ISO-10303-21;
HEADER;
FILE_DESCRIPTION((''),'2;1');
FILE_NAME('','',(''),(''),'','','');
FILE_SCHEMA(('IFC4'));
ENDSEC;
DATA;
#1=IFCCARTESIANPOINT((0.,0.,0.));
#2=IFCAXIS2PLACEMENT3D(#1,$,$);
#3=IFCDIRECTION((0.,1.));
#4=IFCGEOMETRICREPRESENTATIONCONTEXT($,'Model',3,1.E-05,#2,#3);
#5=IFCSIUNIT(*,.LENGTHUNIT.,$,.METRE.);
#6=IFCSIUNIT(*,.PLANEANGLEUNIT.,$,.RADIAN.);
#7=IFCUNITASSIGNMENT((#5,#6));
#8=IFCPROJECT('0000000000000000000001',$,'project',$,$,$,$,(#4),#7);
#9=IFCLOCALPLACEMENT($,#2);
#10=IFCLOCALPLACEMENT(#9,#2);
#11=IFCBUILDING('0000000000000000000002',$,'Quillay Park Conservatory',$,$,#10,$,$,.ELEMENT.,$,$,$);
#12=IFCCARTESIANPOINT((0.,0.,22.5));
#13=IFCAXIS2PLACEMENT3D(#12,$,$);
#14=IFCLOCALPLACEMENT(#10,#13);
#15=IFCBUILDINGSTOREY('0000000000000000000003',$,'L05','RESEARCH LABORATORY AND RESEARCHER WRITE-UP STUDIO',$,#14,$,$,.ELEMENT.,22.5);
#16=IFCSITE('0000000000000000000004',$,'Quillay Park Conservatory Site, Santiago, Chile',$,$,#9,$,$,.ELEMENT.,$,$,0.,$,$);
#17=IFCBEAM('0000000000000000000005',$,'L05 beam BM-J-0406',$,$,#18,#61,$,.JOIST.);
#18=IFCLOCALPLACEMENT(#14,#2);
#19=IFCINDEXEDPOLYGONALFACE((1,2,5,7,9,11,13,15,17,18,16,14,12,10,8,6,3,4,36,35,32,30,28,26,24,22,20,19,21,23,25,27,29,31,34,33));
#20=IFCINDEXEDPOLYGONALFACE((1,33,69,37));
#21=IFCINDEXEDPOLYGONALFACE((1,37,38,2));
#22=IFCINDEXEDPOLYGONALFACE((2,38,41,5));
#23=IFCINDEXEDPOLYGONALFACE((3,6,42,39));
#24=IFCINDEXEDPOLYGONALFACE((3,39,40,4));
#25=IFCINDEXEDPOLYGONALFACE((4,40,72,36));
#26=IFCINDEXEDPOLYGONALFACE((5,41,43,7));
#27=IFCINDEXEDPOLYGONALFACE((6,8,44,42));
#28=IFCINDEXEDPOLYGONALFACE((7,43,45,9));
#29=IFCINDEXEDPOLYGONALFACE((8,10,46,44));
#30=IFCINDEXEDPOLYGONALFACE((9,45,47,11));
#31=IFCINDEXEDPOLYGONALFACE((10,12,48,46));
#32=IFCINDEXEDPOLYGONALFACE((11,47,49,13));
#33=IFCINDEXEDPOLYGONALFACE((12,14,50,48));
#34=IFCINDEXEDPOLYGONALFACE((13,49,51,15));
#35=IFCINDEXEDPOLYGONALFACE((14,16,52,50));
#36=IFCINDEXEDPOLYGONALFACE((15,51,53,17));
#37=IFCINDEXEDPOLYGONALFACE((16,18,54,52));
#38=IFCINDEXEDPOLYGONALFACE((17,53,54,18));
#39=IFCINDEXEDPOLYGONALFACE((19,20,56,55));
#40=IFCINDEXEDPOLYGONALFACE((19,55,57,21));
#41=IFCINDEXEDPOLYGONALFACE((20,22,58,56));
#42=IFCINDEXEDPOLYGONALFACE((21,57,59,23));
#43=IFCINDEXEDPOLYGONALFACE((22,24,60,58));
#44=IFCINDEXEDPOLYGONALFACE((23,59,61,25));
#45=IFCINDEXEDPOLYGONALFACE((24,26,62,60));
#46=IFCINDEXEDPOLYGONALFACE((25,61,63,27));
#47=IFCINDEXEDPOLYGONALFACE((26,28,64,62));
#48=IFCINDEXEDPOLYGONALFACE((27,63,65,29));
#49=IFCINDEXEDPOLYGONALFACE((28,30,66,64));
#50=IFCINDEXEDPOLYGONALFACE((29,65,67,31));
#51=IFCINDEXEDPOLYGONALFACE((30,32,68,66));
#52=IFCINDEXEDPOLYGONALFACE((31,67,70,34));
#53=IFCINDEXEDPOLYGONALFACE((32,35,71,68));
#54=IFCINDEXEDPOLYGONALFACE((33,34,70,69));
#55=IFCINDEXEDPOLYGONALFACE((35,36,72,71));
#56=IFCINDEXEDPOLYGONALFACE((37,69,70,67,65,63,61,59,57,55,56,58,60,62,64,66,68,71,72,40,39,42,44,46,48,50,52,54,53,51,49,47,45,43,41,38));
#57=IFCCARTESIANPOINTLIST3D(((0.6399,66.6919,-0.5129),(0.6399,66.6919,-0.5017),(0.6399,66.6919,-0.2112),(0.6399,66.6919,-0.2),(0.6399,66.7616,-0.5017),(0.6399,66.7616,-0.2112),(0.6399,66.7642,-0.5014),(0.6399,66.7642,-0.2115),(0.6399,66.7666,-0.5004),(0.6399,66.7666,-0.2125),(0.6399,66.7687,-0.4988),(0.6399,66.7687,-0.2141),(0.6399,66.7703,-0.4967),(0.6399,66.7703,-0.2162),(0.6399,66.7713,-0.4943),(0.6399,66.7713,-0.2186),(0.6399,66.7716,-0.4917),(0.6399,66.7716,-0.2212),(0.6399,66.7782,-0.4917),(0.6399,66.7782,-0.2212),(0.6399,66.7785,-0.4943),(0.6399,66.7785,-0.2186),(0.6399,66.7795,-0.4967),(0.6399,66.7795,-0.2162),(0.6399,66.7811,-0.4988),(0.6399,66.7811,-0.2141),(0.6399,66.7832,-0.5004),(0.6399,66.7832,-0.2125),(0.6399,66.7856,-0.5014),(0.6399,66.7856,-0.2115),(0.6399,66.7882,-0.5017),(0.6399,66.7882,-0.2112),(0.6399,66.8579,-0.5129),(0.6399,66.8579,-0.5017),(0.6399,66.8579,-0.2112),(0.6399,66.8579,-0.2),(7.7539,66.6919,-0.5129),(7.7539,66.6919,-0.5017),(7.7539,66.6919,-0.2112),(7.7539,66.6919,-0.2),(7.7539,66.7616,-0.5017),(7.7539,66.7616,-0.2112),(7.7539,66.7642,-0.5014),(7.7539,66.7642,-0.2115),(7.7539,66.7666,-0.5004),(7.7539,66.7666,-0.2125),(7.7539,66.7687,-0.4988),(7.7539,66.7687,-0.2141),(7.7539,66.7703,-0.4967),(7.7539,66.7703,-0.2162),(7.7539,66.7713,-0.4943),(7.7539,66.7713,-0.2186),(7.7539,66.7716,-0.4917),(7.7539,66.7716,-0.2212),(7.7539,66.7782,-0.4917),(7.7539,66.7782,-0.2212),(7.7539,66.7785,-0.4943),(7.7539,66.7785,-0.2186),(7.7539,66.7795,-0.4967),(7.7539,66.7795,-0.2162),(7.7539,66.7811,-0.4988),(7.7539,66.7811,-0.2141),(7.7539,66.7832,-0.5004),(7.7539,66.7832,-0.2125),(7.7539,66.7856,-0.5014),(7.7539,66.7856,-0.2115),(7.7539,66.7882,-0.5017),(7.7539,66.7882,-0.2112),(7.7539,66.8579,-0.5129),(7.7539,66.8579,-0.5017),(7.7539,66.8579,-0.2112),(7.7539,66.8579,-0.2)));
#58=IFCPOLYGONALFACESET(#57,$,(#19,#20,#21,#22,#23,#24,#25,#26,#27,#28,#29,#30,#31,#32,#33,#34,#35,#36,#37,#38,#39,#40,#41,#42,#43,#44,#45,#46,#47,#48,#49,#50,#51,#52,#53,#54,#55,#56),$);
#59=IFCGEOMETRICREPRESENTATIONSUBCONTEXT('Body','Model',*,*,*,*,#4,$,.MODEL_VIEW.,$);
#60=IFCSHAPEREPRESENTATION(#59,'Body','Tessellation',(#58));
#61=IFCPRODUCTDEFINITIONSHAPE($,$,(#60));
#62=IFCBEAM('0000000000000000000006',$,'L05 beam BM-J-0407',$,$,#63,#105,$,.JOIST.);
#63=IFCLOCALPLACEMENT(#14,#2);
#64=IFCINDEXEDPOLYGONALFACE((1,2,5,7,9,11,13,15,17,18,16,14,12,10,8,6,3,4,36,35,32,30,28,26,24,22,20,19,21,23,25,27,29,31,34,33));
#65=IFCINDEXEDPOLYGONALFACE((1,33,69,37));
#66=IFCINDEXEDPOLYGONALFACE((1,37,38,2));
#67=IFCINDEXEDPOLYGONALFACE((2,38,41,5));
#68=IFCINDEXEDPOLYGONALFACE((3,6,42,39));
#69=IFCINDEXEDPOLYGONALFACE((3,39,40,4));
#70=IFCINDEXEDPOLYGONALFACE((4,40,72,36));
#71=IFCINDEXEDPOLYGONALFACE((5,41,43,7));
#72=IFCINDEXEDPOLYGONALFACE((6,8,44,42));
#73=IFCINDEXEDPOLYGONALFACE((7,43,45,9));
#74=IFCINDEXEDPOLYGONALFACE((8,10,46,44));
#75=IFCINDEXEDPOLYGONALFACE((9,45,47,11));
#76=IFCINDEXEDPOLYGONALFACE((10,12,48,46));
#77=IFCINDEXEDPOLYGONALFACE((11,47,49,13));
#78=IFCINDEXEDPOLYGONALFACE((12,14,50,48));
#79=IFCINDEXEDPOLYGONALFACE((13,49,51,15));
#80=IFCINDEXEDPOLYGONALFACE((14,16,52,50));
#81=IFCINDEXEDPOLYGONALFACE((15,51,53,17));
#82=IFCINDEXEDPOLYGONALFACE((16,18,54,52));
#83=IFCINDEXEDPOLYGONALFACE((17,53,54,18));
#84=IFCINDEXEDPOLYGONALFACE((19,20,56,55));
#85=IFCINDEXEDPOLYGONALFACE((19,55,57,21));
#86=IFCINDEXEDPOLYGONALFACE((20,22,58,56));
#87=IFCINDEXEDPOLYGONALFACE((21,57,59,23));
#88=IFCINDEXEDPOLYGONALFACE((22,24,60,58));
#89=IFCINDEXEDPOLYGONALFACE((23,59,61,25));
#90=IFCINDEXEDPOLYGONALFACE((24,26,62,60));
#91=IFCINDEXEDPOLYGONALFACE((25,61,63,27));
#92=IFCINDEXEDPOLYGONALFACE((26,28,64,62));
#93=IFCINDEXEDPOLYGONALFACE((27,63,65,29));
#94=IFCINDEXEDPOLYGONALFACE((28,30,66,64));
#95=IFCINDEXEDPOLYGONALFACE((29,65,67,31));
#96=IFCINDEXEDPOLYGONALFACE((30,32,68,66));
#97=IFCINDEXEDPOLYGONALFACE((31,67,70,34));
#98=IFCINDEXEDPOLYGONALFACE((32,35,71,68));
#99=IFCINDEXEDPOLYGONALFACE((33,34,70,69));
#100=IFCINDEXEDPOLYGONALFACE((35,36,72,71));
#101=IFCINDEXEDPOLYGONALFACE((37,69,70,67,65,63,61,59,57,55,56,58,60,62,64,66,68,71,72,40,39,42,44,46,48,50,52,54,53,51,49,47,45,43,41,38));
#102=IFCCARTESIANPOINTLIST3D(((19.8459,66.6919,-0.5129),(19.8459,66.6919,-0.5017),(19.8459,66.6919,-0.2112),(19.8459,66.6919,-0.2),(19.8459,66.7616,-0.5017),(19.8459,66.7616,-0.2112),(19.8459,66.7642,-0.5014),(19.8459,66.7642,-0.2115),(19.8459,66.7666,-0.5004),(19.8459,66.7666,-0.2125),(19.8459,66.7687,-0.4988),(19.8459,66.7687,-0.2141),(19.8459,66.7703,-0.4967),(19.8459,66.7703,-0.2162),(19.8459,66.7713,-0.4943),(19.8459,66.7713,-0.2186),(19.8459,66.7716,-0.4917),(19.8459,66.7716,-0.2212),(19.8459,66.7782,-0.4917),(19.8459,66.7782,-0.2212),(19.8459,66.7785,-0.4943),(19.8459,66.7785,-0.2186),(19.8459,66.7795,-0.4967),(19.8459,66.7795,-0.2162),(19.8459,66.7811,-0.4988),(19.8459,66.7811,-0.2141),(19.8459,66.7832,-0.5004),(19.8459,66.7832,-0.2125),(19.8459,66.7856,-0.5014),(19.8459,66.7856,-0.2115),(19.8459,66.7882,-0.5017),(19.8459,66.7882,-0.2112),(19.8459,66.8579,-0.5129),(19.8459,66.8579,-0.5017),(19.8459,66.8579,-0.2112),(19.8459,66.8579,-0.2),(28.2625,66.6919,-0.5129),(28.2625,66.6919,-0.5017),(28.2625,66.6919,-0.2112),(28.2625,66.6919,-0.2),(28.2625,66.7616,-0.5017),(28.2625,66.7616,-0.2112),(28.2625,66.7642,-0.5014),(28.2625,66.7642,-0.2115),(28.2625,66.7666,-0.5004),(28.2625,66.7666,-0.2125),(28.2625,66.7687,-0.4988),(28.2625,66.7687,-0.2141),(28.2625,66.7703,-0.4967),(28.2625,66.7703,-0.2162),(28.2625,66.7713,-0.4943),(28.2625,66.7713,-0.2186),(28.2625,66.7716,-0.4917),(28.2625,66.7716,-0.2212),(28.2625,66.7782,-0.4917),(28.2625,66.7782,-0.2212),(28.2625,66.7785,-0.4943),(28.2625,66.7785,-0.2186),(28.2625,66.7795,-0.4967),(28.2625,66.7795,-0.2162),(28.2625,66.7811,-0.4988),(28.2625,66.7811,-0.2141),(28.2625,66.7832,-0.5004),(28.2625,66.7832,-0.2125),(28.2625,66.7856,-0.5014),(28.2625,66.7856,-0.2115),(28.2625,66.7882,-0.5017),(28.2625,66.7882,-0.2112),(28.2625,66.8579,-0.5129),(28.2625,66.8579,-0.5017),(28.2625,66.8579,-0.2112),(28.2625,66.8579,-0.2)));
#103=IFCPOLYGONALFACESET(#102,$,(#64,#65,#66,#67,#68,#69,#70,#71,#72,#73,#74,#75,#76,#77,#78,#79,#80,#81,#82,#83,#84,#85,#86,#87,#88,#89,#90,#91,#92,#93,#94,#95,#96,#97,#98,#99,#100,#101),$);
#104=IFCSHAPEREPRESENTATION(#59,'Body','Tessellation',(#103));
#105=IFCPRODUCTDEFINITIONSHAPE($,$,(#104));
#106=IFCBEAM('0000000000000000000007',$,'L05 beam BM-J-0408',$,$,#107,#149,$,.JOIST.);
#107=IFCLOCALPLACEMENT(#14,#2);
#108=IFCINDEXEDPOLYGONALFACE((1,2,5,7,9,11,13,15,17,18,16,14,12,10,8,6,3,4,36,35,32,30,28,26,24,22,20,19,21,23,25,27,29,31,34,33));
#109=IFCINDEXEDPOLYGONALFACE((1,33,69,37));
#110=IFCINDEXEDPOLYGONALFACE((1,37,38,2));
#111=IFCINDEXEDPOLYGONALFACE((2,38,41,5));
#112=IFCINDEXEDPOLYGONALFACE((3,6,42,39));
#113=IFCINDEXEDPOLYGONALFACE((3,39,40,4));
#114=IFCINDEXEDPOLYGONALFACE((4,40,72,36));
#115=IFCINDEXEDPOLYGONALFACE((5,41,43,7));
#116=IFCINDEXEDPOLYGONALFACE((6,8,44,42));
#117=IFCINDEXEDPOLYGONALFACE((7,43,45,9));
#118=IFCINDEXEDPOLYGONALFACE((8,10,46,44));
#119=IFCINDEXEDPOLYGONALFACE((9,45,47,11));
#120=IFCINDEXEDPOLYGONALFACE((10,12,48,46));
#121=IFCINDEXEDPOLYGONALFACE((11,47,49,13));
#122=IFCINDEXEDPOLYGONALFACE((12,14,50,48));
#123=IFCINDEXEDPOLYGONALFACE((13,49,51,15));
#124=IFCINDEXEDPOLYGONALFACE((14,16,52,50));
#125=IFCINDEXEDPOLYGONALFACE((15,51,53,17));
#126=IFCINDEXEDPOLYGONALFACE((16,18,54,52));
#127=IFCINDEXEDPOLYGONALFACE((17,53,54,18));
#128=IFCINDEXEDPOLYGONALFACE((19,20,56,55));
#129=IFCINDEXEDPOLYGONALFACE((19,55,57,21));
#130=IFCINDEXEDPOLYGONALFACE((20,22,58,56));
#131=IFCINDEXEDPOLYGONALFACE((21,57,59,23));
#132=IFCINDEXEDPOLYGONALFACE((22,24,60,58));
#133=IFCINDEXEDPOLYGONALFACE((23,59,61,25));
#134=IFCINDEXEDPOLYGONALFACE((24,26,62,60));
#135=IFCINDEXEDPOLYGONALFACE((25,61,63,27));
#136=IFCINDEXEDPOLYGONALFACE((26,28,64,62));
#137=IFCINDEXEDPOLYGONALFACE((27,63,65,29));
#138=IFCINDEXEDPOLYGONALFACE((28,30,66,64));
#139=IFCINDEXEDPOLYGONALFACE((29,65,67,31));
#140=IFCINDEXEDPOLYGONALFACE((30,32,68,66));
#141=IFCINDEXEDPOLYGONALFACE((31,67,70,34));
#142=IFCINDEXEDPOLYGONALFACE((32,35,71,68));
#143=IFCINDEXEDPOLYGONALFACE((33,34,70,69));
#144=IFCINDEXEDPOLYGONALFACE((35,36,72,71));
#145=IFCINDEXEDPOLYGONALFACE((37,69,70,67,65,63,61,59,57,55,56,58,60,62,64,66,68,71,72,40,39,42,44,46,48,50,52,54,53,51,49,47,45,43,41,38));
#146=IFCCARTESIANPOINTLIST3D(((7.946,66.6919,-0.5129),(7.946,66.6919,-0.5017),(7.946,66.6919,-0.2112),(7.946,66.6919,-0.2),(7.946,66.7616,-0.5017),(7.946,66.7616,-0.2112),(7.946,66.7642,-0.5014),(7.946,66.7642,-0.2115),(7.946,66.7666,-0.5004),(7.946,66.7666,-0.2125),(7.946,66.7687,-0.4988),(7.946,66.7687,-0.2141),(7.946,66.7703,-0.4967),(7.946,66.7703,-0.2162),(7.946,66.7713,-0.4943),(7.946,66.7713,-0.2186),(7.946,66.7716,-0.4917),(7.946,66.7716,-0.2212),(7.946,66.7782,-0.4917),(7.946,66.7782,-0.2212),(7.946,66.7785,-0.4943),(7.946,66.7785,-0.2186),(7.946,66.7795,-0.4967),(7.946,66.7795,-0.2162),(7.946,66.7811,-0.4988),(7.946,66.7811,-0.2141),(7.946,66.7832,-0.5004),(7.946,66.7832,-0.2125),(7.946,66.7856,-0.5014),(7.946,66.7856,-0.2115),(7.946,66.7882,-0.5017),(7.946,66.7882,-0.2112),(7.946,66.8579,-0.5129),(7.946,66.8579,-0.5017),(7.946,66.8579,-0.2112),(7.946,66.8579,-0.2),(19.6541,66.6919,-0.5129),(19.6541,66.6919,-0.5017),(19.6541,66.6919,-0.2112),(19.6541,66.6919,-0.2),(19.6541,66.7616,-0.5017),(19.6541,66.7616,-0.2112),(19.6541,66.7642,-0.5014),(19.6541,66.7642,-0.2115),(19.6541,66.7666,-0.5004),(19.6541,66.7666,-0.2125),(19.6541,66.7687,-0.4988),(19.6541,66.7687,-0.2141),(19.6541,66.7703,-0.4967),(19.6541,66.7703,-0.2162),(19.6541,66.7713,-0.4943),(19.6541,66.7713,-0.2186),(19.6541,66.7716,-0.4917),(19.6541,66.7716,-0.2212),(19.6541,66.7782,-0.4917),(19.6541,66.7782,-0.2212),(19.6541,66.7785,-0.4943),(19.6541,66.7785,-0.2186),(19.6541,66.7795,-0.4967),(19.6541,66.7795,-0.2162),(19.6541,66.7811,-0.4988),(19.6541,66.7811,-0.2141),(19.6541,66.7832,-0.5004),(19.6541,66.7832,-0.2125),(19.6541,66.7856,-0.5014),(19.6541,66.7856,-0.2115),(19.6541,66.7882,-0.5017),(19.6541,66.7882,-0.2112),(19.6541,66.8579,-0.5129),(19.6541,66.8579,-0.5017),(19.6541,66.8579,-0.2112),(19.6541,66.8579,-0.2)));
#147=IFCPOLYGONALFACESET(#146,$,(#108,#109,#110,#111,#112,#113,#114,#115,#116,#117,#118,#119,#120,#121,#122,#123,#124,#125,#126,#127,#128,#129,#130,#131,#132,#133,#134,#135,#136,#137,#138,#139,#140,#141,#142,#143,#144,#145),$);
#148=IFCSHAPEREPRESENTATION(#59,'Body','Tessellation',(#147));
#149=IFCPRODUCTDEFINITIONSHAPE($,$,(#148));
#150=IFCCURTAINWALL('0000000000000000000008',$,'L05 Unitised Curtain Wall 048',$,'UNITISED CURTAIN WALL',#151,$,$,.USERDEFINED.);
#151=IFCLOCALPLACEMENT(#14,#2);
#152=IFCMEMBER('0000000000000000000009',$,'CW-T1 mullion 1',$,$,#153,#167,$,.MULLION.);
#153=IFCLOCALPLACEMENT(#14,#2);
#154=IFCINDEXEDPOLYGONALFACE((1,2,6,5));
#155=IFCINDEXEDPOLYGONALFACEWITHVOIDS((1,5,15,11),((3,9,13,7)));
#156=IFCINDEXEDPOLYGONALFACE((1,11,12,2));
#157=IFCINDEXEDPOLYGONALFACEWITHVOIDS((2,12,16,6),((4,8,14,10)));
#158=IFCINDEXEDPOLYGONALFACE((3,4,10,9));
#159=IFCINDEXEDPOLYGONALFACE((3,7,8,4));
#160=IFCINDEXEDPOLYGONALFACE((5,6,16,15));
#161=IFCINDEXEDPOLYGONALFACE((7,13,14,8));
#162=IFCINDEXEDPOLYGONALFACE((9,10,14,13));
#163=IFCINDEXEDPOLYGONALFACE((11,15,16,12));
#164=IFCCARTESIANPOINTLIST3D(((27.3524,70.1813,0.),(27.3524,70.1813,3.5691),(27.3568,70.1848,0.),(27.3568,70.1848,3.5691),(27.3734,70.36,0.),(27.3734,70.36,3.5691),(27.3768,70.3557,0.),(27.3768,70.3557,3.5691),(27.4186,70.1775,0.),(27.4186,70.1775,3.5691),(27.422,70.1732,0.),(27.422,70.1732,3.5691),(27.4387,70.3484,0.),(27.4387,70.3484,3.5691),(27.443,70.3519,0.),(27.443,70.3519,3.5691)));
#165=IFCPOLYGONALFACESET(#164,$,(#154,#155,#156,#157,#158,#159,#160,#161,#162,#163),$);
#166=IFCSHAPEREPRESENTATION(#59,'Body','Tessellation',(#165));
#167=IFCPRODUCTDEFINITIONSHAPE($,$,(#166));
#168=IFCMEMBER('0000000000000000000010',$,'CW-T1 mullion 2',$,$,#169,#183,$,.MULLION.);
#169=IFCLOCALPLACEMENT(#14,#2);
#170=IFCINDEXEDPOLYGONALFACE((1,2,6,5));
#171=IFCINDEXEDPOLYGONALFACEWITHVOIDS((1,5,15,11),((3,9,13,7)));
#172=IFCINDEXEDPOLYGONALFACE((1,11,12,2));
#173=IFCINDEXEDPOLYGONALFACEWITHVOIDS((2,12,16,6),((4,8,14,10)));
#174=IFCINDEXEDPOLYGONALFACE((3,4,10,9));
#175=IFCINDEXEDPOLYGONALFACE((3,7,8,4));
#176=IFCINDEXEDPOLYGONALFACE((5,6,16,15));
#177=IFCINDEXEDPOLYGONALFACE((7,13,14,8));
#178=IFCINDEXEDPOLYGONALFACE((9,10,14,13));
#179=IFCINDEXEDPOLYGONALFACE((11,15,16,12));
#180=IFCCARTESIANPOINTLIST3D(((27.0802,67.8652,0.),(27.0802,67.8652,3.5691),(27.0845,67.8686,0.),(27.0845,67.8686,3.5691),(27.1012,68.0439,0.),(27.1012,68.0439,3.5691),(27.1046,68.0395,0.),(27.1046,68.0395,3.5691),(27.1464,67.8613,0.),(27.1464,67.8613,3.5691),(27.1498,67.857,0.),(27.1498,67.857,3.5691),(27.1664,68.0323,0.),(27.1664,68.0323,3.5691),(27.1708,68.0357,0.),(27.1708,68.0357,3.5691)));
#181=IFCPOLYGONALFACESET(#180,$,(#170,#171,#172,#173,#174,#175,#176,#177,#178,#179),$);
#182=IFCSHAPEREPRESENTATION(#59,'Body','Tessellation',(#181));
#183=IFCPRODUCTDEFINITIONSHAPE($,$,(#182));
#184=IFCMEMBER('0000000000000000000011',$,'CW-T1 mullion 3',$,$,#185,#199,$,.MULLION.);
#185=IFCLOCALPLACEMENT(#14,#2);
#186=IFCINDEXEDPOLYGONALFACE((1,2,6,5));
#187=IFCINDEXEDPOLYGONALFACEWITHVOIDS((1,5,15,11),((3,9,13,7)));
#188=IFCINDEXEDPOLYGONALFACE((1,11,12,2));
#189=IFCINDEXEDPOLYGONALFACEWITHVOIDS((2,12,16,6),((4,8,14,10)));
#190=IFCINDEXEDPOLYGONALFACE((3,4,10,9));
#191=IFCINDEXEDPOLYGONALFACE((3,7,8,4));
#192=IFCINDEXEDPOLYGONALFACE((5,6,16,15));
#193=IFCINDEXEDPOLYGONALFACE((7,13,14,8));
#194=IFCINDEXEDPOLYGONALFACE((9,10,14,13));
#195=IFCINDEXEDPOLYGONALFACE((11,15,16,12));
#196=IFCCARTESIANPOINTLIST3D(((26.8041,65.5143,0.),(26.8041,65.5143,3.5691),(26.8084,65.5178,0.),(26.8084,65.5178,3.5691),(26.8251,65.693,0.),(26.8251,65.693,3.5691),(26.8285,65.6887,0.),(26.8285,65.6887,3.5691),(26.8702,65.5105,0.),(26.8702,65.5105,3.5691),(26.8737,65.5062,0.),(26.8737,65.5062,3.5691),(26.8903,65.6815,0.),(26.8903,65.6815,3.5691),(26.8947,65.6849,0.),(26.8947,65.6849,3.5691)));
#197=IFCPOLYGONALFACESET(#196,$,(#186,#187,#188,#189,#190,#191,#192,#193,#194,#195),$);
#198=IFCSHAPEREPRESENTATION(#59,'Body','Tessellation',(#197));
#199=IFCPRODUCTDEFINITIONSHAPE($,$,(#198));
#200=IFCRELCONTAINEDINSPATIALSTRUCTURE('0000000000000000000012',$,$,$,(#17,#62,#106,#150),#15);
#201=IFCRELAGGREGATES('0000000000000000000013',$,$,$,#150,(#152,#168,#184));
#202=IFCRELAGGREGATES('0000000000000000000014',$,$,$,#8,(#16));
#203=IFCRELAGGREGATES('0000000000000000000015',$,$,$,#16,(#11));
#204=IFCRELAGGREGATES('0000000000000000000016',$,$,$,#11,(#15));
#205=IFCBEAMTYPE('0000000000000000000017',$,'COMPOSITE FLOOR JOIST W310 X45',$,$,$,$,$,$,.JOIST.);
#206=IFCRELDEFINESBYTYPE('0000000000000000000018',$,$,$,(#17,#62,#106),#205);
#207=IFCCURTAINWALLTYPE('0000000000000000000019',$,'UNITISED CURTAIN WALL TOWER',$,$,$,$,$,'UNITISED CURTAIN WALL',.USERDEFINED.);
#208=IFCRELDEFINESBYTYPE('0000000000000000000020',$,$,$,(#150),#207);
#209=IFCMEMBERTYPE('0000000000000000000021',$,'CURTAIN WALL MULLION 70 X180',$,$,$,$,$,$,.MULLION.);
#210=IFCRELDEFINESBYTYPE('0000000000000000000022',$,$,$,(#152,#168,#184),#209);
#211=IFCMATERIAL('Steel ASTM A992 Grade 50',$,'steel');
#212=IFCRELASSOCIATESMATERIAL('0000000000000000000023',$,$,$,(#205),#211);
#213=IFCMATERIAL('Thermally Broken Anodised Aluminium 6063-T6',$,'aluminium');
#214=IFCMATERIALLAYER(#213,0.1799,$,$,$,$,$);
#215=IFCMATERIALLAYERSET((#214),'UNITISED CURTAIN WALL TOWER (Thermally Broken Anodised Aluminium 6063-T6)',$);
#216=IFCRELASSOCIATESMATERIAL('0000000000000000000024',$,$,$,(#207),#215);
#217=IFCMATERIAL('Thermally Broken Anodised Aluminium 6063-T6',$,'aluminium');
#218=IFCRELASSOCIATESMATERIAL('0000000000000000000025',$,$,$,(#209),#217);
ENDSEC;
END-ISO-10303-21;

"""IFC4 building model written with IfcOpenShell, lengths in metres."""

from ifc_helpers import new_model, si_unit, direction, frame, origin, origin_2d, place, context, subcontext, project, spatial, hollow_rectangle, i_section, extrude, material, layer, layer_set, material_profile, profile_set, type_object, element, aggregate, save


model = new_model("IFC4")

# Units and contexts
model_context = context("Model", 3, precision=1e-05, world=origin(), true_north=direction((0.0, 1.0)))
body_context = subcontext(model_context, "Body", "Model", "MODEL_VIEW")
ifc_project = project(units=[si_unit("LENGTHUNIT", "METRE"), si_unit("PLANEANGLEUNIT", "RADIAN")], contexts=[model_context])

# Site, building, storey
site_placement = place(None, origin())
site = spatial("IfcSite", under=ifc_project, at=site_placement, Name="Quillay Park Conservatory Site, Santiago, Chile", CompositionType="ELEMENT", RefElevation=0.0)
building_placement = place(site_placement, origin())
building = spatial("IfcBuilding", under=site, at=building_placement, Name="Quillay Park Conservatory", CompositionType="ELEMENT")
storey_placement = place(building_placement, frame((0.0, 0.0, 22.5)))
storey = spatial("IfcBuildingStorey", under=building, at=storey_placement, Name="L05", Description="RESEARCH LABORATORY AND RESEARCHER WRITE-UP STUDIO", CompositionType="ELEMENT", Elevation=22.5)

# Beams
ifc_material_1 = material(Name="Steel ASTM A992 Grade 50", Category="steel")
ifc_material_profile_1 = material_profile(ifc_material_1, i_section(OverallWidth=0.166, OverallDepth=0.313, WebThickness=0.0066, FlangeThickness=0.0112, FilletRadius=0.01, at=origin_2d()), Name="W310x45")
ifc_profile_set_1 = profile_set([ifc_material_profile_1], Name="Steel ASTM A992 Grade 50")
beam_type_1 = type_object("IfcBeamType", Name="COMPOSITE FLOOR JOIST W310 X45", PredefinedType="JOIST", material=ifc_profile_set_1)
beam_1_placement = place(storey_placement, frame((0.6399, 66.7749, -0.3564), z_axis=(1.0, 0.0, 0.0), x_axis=(0.0, 1.0, 0.0)))
element("IfcBeam", 1, at=beam_1_placement, inside=storey, type_object=beam_type_1, Name="L05 beam BM-J-0406", PredefinedType="JOIST", context=body_context, shape_type="SweptSolid", body=[
    extrude(i_section(OverallWidth=0.166, OverallDepth=0.313, WebThickness=0.0066, FlangeThickness=0.0112, FilletRadius=0.01, at=origin_2d()), origin(), (0.0, 0.0, 1.0), 7.114),
])
beam_2_placement = place(storey_placement, frame((19.8459, 66.7749, -0.3564), z_axis=(1.0, 0.0, 0.0), x_axis=(0.0, 1.0, 0.0)))
element("IfcBeam", 2, at=beam_2_placement, inside=storey, type_object=beam_type_1, Name="L05 beam BM-J-0407", PredefinedType="JOIST", context=body_context, shape_type="SweptSolid", body=[
    extrude(i_section(OverallWidth=0.166, OverallDepth=0.313, WebThickness=0.0066, FlangeThickness=0.0112, FilletRadius=0.01, at=origin_2d()), origin(), (0.0, 0.0, 1.0), 8.4165),
])
beam_3_placement = place(storey_placement, frame((7.946, 66.7749, -0.3564), z_axis=(1.0, 0.0, 0.0), x_axis=(0.0, 1.0, 0.0)))
element("IfcBeam", 3, at=beam_3_placement, inside=storey, type_object=beam_type_1, Name="L05 beam BM-J-0408", PredefinedType="JOIST", context=body_context, shape_type="SweptSolid", body=[
    extrude(i_section(OverallWidth=0.166, OverallDepth=0.313, WebThickness=0.0066, FlangeThickness=0.0112, FilletRadius=0.01, at=origin_2d()), origin(), (0.0, 0.0, 1.0), 11.708),
])

# Curtain wall, members
ifc_material_2 = material(Name="Thermally Broken Anodised Aluminium 6063-T6", Category="aluminium")
ifc_layer_1 = layer(ifc_material_2, 0.1799)
ifc_layer_set_1 = layer_set([ifc_layer_1], Name="UNITISED CURTAIN WALL TOWER (Thermally Broken Anodised Aluminium 6063-T6)")
curtain_wall_type = type_object("IfcCurtainWallType", Name="UNITISED CURTAIN WALL TOWER", ElementType="UNITISED CURTAIN WALL", PredefinedType="USERDEFINED", material=ifc_layer_set_1)
curtain_wall_placement = place(storey_placement, origin())
curtain_wall = element("IfcCurtainWall", 4, at=curtain_wall_placement, inside=storey, type_object=curtain_wall_type, Name="L05 Unitised Curtain Wall 048", ObjectType="UNITISED CURTAIN WALL", PredefinedType="USERDEFINED")
ifc_material_3 = material(Name="Thermally Broken Anodised Aluminium 6063-T6", Category="aluminium")
ifc_material_profile_2 = material_profile(ifc_material_3, hollow_rectangle(XDim=0.0701, YDim=0.1799, WallThickness=0.0039, at=origin_2d()), Name="AL70x180x4")
ifc_profile_set_2 = profile_set([ifc_material_profile_2], Name="Thermally Broken Anodised Aluminium 6063-T6")
member_type_1 = type_object("IfcMemberType", Name="CURTAIN WALL MULLION 70 X180", PredefinedType="MULLION", material=ifc_profile_set_2)
member_1_placement = place(storey_placement, frame((27.3977, 70.2666, 0.0), z_axis=(0.0, 0.0, 1.0), x_axis=(0.993173, -0.116655, 0.0)))
member_1 = element("IfcMember", 5, at=member_1_placement, type_object=member_type_1, Name="CW-T1 mullion 1", PredefinedType="MULLION", context=body_context, shape_type="SweptSolid", body=[
    extrude(hollow_rectangle(XDim=0.0701, YDim=0.1799, WallThickness=0.0039, at=origin_2d()), origin(), (0.0, 0.0, 1.0), 3.5691),
])
member_2_placement = place(storey_placement, frame((27.1255, 67.9504, 0.0), z_axis=(0.0, 0.0, 1.0), x_axis=(0.993173, -0.116655, 0.0)))
member_2 = element("IfcMember", 6, at=member_2_placement, type_object=member_type_1, Name="CW-T1 mullion 2", PredefinedType="MULLION", context=body_context, shape_type="SweptSolid", body=[
    extrude(hollow_rectangle(XDim=0.0701, YDim=0.1799, WallThickness=0.0039, at=origin_2d()), origin(), (0.0, 0.0, 1.0), 3.5691),
])
member_3_placement = place(storey_placement, frame((26.8494, 65.5996, 0.0), z_axis=(0.0, 0.0, 1.0), x_axis=(0.993173, -0.116655, 0.0)))
member_3 = element("IfcMember", 7, at=member_3_placement, type_object=member_type_1, Name="CW-T1 mullion 3", PredefinedType="MULLION", context=body_context, shape_type="SweptSolid", body=[
    extrude(hollow_rectangle(XDim=0.0701, YDim=0.1799, WallThickness=0.0039, at=origin_2d()), origin(), (0.0, 0.0, 1.0), 3.5691),
])

aggregate(curtain_wall, [member_1, member_2, member_3])

save(model, "model.ifc")
